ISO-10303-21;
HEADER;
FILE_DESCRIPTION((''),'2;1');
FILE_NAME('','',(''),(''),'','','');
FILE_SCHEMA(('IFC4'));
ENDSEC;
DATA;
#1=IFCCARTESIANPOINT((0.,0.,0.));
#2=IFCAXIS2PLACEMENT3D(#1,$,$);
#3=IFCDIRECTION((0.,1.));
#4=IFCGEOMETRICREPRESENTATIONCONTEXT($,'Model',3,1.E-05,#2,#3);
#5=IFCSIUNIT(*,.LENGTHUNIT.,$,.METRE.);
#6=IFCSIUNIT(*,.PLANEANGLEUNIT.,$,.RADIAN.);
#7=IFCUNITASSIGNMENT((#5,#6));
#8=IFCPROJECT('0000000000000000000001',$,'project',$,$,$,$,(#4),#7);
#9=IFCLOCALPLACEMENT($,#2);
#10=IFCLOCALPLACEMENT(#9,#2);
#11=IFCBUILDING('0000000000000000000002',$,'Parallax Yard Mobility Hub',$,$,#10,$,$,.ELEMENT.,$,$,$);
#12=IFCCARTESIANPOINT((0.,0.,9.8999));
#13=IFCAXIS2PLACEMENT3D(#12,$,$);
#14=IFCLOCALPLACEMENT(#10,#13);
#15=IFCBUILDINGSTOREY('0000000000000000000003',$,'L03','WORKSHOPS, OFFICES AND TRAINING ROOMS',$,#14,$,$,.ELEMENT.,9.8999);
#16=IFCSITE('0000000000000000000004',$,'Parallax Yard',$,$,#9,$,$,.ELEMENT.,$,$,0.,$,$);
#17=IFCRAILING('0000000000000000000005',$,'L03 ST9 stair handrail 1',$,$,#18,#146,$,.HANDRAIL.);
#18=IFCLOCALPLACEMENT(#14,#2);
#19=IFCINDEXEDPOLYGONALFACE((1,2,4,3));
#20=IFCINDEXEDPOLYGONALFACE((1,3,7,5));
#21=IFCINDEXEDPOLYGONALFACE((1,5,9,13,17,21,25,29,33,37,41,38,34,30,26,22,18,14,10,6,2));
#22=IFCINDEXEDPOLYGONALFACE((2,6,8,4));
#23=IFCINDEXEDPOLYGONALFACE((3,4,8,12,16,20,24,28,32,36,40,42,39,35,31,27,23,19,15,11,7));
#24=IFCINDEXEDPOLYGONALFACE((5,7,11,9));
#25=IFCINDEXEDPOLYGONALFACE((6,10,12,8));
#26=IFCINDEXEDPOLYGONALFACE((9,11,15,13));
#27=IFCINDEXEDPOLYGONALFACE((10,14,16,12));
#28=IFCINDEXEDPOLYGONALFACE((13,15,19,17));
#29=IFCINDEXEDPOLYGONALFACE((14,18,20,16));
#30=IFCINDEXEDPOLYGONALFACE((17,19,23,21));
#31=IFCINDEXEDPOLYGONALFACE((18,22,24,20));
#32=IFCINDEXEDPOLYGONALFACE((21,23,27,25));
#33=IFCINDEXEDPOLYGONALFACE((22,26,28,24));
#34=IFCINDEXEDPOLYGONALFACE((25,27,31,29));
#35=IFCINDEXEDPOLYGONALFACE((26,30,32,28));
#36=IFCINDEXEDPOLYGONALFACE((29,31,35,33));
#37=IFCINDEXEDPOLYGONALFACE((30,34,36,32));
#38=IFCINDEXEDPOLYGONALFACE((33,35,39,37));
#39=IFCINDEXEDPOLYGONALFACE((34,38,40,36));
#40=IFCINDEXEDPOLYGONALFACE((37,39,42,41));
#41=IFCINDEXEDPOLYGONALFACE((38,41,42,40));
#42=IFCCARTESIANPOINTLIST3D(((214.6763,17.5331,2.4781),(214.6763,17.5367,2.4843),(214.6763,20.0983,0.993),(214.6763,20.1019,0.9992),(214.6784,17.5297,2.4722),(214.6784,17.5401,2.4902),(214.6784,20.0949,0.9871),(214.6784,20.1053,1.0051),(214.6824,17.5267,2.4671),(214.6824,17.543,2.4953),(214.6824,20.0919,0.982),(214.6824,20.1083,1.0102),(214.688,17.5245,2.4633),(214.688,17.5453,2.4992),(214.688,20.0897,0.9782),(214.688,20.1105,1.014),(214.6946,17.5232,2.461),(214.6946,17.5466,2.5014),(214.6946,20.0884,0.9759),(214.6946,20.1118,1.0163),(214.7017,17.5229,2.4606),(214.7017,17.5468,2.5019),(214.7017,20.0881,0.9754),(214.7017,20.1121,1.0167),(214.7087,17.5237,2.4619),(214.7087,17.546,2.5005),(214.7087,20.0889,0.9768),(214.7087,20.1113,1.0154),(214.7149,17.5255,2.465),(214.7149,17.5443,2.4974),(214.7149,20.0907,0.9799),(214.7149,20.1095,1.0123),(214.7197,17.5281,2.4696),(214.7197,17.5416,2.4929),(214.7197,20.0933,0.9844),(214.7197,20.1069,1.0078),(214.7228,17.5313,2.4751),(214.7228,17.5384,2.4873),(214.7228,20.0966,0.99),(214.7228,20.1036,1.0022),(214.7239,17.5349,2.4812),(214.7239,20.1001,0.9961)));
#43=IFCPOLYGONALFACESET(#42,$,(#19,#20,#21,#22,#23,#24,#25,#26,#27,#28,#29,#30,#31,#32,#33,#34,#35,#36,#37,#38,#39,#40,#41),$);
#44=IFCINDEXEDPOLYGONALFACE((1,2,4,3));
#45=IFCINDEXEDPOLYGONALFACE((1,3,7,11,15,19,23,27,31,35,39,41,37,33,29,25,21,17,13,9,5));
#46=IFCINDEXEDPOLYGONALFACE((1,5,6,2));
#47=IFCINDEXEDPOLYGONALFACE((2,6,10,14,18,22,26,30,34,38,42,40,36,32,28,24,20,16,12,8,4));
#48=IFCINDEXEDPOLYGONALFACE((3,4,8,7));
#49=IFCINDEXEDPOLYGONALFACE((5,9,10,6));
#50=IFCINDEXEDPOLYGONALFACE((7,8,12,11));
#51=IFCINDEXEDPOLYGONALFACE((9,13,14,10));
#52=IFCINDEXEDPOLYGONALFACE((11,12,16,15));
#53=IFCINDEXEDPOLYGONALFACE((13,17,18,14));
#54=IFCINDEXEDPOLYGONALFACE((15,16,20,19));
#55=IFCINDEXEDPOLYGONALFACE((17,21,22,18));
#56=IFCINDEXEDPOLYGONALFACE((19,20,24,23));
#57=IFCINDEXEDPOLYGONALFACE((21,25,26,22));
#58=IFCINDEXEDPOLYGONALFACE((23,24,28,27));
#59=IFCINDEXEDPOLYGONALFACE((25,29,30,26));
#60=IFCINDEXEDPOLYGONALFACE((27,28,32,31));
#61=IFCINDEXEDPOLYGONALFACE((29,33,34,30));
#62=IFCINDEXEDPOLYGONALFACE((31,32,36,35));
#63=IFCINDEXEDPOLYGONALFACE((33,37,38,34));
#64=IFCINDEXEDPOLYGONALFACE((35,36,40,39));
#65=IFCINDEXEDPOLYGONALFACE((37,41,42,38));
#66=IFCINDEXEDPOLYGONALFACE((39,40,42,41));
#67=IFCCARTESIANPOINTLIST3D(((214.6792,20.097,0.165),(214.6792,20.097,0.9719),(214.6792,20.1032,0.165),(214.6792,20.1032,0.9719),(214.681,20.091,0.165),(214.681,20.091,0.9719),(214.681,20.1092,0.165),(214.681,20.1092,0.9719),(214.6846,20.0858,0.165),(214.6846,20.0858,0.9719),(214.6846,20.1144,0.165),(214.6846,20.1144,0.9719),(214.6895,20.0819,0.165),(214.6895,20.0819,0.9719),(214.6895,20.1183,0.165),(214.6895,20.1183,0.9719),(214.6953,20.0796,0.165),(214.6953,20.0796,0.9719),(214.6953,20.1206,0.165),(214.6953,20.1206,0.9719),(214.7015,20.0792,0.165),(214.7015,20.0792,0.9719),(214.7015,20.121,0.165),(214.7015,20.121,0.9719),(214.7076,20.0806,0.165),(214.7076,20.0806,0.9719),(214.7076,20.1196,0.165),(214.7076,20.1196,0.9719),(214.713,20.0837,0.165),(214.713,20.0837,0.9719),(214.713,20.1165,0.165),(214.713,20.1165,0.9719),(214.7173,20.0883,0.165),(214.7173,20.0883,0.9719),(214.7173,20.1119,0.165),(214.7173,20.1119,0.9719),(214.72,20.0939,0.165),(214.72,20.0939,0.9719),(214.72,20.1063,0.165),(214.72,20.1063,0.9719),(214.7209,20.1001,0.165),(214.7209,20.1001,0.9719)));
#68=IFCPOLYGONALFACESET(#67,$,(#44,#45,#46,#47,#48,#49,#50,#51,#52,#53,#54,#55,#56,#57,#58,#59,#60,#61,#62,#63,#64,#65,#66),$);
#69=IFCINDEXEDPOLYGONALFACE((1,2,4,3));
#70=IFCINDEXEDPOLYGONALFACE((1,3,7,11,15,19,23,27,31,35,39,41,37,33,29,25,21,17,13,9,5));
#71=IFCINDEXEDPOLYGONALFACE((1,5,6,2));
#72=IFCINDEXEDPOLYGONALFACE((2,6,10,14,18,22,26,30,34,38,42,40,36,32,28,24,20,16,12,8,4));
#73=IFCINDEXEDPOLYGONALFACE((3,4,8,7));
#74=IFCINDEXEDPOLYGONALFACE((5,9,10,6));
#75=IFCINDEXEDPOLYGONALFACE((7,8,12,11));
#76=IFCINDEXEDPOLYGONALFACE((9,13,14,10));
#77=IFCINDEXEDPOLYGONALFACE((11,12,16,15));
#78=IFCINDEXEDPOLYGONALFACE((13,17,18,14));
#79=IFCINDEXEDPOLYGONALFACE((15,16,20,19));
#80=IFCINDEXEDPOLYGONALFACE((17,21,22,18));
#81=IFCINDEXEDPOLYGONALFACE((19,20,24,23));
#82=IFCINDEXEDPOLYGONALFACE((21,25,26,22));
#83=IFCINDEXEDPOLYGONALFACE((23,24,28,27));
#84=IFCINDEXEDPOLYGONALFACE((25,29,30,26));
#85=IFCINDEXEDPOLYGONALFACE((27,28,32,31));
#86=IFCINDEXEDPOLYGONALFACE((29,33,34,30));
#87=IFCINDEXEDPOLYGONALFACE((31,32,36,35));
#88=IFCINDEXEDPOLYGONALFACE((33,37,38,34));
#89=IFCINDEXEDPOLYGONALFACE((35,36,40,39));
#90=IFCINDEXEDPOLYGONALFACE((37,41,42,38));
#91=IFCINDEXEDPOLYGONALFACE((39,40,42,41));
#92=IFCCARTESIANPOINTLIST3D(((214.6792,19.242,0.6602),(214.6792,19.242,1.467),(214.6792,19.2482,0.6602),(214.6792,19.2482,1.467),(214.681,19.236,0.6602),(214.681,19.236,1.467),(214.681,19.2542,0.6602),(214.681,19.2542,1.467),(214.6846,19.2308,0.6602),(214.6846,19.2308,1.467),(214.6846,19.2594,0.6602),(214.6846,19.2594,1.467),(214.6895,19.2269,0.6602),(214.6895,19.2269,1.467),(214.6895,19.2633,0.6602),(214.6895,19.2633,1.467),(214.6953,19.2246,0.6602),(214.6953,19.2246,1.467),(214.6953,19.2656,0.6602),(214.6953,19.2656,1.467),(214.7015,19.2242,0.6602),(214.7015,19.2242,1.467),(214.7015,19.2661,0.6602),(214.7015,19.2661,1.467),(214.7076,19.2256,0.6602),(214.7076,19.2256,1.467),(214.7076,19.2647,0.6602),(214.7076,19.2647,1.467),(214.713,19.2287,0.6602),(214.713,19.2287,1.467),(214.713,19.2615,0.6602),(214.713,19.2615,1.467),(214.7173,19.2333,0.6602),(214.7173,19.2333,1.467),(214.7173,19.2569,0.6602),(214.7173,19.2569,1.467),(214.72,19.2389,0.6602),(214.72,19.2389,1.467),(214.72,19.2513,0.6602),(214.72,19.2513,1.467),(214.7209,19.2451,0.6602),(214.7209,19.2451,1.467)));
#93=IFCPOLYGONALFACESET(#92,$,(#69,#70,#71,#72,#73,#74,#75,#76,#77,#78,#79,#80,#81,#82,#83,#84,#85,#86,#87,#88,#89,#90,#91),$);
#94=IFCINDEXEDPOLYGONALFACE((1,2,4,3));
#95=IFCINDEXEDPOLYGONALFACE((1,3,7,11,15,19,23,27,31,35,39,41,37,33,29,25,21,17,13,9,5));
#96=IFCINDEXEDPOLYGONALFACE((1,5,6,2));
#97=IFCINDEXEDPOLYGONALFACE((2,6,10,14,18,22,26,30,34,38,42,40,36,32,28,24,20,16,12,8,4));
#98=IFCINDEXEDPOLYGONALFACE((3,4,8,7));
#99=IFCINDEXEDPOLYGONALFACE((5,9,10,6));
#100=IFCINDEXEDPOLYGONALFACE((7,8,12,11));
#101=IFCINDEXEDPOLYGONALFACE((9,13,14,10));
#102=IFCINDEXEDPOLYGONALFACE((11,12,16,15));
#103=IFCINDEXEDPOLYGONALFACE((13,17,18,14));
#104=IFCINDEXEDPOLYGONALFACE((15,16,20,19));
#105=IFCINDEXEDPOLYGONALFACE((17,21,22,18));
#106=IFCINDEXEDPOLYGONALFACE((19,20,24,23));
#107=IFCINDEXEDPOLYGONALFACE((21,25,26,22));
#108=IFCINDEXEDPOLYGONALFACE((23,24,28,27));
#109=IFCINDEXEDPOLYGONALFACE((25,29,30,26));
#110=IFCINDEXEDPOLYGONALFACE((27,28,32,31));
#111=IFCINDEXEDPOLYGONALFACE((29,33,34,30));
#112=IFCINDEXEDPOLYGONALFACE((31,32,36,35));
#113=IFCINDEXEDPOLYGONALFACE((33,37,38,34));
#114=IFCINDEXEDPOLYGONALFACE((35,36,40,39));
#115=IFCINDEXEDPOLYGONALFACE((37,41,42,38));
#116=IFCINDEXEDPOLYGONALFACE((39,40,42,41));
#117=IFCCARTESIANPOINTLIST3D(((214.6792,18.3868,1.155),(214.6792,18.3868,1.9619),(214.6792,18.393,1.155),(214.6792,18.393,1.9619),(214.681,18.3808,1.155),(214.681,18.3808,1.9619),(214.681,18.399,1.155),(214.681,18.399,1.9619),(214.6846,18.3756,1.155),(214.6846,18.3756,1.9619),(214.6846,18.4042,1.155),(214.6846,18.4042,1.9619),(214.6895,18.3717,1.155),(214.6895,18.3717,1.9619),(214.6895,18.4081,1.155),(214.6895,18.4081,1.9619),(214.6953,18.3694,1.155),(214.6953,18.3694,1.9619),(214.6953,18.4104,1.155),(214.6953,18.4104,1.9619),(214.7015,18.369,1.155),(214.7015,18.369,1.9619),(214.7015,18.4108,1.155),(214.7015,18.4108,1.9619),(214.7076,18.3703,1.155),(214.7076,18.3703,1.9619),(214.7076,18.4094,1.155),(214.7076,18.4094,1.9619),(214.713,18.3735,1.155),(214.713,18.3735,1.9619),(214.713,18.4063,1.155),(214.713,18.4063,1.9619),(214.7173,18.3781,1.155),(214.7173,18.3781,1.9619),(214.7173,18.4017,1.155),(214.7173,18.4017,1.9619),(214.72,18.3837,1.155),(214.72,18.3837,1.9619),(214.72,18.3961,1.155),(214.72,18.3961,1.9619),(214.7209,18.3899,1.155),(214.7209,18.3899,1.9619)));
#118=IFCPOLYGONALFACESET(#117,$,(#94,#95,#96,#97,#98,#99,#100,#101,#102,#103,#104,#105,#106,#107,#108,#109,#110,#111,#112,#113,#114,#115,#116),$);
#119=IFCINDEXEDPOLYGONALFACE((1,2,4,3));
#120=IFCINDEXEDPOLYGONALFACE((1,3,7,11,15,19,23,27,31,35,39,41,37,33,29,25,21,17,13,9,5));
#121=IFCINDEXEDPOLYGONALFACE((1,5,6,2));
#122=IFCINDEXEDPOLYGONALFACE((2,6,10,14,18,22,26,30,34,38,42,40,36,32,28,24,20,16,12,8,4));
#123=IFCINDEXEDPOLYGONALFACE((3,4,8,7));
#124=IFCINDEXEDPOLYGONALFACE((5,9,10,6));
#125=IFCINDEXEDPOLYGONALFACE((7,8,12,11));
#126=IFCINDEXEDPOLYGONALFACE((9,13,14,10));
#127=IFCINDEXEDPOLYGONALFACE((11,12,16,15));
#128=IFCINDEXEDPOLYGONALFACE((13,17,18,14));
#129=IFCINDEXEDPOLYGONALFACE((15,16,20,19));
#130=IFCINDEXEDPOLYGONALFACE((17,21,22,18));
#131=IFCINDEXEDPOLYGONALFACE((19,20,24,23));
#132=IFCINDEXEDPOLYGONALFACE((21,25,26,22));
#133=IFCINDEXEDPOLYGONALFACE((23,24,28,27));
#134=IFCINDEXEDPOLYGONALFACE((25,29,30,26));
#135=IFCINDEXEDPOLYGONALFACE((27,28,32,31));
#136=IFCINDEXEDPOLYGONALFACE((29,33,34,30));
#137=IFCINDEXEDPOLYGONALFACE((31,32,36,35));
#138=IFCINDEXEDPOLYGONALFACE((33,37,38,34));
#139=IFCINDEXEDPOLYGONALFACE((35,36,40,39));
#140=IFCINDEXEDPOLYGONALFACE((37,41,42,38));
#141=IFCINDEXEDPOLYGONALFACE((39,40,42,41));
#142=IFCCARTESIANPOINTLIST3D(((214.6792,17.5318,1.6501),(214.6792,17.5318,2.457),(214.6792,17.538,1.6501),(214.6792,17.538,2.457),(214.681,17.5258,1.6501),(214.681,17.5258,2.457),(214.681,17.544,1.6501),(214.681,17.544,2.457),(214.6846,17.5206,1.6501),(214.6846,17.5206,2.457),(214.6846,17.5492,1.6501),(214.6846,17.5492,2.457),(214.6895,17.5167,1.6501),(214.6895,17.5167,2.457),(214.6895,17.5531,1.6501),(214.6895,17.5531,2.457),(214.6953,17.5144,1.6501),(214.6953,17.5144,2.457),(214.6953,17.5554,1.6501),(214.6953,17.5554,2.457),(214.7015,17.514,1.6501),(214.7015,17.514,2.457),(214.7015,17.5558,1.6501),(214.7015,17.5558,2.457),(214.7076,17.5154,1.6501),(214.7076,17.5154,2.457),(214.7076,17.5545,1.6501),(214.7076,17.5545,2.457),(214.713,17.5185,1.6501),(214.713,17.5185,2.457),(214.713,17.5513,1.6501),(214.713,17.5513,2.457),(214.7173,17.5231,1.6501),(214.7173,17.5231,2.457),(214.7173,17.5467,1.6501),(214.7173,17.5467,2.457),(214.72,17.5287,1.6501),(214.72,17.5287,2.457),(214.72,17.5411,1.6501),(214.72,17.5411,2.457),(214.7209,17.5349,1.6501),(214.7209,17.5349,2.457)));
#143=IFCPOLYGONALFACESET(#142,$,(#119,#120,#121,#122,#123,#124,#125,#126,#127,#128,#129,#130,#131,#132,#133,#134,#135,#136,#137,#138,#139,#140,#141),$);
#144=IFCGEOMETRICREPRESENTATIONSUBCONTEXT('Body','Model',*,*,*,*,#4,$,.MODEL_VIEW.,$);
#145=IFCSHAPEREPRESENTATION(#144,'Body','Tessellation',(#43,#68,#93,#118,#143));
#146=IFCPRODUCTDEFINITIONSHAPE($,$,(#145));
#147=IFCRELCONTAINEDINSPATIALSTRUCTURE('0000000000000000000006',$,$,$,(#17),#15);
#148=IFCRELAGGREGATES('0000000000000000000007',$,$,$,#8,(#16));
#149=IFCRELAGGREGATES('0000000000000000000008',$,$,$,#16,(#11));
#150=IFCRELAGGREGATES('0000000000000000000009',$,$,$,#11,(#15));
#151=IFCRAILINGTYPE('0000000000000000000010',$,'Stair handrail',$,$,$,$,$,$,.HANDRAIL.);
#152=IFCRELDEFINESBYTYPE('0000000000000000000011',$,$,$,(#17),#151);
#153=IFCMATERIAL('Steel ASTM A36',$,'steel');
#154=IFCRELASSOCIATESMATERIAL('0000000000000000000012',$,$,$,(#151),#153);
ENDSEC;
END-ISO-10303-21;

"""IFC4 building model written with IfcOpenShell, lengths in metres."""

from ifc_helpers import new_model, si_unit, direction, frame, origin, origin_2d, place, context, subcontext, project, spatial, circle, extrude, material, type_object, element, save


model = new_model("IFC4")

# Units and contexts
model_context = context("Model", 3, precision=1e-05, world=origin(), true_north=direction((0.0, 1.0)))
body_context = subcontext(model_context, "Body", "Model", "MODEL_VIEW")
ifc_project = project(units=[si_unit("LENGTHUNIT", "METRE"), si_unit("PLANEANGLEUNIT", "RADIAN")], contexts=[model_context])

# Site, building, storey
site_placement = place(None, origin())
site = spatial("IfcSite", under=ifc_project, at=site_placement, Name="Parallax Yard", CompositionType="ELEMENT", RefElevation=0.0)
building_placement = place(site_placement, origin())
building = spatial("IfcBuilding", under=site, at=building_placement, Name="Parallax Yard Mobility Hub", CompositionType="ELEMENT")
storey_placement = place(building_placement, frame((0.0, 0.0, 9.8999)))
storey = spatial("IfcBuildingStorey", under=building, at=storey_placement, Name="L03", Description="WORKSHOPS, OFFICES AND TRAINING ROOMS", CompositionType="ELEMENT", Elevation=9.8999)

# Railing
ifc_material_1 = material(Name="Steel ASTM A36", Category="steel")
railing_type_1 = type_object("IfcRailingType", Name="Stair handrail", PredefinedType="HANDRAIL", material=ifc_material_1)
railing_1_placement = place(storey_placement, frame((214.7, 20.1001, 0.165)))
element("IfcRailing", 1, at=railing_1_placement, inside=storey, type_object=railing_type_1, Name="L03 ST9 stair handrail 1", PredefinedType="HANDRAIL", context=body_context, shape_type="SweptSolid", body=[
    extrude(circle(Radius=0.0239, at=origin_2d()), frame((0.0, 0.0, 0.8311), z_axis=(0.0, -0.865426, 0.501036), x_axis=(1.0, 0.0, 0.0)), (0.0, 0.0, 1.0), 2.9641),
    extrude(circle(Radius=0.021, at=origin_2d()), origin(), (0.0, 0.0, 1.0), 0.8069),
    extrude(circle(Radius=0.021, at=origin_2d()), frame((0.0, -0.855, 0.4951)), (0.0, 0.0, 1.0), 0.8069),
    extrude(circle(Radius=0.021, at=origin_2d()), frame((0.0, -1.7102, 0.99)), (0.0, 0.0, 1.0), 0.8069),
    extrude(circle(Radius=0.021, at=origin_2d()), frame((0.0, -2.5652, 1.4851)), (0.0, 0.0, 1.0), 0.8069),
])

save(model, "model.ifc")
